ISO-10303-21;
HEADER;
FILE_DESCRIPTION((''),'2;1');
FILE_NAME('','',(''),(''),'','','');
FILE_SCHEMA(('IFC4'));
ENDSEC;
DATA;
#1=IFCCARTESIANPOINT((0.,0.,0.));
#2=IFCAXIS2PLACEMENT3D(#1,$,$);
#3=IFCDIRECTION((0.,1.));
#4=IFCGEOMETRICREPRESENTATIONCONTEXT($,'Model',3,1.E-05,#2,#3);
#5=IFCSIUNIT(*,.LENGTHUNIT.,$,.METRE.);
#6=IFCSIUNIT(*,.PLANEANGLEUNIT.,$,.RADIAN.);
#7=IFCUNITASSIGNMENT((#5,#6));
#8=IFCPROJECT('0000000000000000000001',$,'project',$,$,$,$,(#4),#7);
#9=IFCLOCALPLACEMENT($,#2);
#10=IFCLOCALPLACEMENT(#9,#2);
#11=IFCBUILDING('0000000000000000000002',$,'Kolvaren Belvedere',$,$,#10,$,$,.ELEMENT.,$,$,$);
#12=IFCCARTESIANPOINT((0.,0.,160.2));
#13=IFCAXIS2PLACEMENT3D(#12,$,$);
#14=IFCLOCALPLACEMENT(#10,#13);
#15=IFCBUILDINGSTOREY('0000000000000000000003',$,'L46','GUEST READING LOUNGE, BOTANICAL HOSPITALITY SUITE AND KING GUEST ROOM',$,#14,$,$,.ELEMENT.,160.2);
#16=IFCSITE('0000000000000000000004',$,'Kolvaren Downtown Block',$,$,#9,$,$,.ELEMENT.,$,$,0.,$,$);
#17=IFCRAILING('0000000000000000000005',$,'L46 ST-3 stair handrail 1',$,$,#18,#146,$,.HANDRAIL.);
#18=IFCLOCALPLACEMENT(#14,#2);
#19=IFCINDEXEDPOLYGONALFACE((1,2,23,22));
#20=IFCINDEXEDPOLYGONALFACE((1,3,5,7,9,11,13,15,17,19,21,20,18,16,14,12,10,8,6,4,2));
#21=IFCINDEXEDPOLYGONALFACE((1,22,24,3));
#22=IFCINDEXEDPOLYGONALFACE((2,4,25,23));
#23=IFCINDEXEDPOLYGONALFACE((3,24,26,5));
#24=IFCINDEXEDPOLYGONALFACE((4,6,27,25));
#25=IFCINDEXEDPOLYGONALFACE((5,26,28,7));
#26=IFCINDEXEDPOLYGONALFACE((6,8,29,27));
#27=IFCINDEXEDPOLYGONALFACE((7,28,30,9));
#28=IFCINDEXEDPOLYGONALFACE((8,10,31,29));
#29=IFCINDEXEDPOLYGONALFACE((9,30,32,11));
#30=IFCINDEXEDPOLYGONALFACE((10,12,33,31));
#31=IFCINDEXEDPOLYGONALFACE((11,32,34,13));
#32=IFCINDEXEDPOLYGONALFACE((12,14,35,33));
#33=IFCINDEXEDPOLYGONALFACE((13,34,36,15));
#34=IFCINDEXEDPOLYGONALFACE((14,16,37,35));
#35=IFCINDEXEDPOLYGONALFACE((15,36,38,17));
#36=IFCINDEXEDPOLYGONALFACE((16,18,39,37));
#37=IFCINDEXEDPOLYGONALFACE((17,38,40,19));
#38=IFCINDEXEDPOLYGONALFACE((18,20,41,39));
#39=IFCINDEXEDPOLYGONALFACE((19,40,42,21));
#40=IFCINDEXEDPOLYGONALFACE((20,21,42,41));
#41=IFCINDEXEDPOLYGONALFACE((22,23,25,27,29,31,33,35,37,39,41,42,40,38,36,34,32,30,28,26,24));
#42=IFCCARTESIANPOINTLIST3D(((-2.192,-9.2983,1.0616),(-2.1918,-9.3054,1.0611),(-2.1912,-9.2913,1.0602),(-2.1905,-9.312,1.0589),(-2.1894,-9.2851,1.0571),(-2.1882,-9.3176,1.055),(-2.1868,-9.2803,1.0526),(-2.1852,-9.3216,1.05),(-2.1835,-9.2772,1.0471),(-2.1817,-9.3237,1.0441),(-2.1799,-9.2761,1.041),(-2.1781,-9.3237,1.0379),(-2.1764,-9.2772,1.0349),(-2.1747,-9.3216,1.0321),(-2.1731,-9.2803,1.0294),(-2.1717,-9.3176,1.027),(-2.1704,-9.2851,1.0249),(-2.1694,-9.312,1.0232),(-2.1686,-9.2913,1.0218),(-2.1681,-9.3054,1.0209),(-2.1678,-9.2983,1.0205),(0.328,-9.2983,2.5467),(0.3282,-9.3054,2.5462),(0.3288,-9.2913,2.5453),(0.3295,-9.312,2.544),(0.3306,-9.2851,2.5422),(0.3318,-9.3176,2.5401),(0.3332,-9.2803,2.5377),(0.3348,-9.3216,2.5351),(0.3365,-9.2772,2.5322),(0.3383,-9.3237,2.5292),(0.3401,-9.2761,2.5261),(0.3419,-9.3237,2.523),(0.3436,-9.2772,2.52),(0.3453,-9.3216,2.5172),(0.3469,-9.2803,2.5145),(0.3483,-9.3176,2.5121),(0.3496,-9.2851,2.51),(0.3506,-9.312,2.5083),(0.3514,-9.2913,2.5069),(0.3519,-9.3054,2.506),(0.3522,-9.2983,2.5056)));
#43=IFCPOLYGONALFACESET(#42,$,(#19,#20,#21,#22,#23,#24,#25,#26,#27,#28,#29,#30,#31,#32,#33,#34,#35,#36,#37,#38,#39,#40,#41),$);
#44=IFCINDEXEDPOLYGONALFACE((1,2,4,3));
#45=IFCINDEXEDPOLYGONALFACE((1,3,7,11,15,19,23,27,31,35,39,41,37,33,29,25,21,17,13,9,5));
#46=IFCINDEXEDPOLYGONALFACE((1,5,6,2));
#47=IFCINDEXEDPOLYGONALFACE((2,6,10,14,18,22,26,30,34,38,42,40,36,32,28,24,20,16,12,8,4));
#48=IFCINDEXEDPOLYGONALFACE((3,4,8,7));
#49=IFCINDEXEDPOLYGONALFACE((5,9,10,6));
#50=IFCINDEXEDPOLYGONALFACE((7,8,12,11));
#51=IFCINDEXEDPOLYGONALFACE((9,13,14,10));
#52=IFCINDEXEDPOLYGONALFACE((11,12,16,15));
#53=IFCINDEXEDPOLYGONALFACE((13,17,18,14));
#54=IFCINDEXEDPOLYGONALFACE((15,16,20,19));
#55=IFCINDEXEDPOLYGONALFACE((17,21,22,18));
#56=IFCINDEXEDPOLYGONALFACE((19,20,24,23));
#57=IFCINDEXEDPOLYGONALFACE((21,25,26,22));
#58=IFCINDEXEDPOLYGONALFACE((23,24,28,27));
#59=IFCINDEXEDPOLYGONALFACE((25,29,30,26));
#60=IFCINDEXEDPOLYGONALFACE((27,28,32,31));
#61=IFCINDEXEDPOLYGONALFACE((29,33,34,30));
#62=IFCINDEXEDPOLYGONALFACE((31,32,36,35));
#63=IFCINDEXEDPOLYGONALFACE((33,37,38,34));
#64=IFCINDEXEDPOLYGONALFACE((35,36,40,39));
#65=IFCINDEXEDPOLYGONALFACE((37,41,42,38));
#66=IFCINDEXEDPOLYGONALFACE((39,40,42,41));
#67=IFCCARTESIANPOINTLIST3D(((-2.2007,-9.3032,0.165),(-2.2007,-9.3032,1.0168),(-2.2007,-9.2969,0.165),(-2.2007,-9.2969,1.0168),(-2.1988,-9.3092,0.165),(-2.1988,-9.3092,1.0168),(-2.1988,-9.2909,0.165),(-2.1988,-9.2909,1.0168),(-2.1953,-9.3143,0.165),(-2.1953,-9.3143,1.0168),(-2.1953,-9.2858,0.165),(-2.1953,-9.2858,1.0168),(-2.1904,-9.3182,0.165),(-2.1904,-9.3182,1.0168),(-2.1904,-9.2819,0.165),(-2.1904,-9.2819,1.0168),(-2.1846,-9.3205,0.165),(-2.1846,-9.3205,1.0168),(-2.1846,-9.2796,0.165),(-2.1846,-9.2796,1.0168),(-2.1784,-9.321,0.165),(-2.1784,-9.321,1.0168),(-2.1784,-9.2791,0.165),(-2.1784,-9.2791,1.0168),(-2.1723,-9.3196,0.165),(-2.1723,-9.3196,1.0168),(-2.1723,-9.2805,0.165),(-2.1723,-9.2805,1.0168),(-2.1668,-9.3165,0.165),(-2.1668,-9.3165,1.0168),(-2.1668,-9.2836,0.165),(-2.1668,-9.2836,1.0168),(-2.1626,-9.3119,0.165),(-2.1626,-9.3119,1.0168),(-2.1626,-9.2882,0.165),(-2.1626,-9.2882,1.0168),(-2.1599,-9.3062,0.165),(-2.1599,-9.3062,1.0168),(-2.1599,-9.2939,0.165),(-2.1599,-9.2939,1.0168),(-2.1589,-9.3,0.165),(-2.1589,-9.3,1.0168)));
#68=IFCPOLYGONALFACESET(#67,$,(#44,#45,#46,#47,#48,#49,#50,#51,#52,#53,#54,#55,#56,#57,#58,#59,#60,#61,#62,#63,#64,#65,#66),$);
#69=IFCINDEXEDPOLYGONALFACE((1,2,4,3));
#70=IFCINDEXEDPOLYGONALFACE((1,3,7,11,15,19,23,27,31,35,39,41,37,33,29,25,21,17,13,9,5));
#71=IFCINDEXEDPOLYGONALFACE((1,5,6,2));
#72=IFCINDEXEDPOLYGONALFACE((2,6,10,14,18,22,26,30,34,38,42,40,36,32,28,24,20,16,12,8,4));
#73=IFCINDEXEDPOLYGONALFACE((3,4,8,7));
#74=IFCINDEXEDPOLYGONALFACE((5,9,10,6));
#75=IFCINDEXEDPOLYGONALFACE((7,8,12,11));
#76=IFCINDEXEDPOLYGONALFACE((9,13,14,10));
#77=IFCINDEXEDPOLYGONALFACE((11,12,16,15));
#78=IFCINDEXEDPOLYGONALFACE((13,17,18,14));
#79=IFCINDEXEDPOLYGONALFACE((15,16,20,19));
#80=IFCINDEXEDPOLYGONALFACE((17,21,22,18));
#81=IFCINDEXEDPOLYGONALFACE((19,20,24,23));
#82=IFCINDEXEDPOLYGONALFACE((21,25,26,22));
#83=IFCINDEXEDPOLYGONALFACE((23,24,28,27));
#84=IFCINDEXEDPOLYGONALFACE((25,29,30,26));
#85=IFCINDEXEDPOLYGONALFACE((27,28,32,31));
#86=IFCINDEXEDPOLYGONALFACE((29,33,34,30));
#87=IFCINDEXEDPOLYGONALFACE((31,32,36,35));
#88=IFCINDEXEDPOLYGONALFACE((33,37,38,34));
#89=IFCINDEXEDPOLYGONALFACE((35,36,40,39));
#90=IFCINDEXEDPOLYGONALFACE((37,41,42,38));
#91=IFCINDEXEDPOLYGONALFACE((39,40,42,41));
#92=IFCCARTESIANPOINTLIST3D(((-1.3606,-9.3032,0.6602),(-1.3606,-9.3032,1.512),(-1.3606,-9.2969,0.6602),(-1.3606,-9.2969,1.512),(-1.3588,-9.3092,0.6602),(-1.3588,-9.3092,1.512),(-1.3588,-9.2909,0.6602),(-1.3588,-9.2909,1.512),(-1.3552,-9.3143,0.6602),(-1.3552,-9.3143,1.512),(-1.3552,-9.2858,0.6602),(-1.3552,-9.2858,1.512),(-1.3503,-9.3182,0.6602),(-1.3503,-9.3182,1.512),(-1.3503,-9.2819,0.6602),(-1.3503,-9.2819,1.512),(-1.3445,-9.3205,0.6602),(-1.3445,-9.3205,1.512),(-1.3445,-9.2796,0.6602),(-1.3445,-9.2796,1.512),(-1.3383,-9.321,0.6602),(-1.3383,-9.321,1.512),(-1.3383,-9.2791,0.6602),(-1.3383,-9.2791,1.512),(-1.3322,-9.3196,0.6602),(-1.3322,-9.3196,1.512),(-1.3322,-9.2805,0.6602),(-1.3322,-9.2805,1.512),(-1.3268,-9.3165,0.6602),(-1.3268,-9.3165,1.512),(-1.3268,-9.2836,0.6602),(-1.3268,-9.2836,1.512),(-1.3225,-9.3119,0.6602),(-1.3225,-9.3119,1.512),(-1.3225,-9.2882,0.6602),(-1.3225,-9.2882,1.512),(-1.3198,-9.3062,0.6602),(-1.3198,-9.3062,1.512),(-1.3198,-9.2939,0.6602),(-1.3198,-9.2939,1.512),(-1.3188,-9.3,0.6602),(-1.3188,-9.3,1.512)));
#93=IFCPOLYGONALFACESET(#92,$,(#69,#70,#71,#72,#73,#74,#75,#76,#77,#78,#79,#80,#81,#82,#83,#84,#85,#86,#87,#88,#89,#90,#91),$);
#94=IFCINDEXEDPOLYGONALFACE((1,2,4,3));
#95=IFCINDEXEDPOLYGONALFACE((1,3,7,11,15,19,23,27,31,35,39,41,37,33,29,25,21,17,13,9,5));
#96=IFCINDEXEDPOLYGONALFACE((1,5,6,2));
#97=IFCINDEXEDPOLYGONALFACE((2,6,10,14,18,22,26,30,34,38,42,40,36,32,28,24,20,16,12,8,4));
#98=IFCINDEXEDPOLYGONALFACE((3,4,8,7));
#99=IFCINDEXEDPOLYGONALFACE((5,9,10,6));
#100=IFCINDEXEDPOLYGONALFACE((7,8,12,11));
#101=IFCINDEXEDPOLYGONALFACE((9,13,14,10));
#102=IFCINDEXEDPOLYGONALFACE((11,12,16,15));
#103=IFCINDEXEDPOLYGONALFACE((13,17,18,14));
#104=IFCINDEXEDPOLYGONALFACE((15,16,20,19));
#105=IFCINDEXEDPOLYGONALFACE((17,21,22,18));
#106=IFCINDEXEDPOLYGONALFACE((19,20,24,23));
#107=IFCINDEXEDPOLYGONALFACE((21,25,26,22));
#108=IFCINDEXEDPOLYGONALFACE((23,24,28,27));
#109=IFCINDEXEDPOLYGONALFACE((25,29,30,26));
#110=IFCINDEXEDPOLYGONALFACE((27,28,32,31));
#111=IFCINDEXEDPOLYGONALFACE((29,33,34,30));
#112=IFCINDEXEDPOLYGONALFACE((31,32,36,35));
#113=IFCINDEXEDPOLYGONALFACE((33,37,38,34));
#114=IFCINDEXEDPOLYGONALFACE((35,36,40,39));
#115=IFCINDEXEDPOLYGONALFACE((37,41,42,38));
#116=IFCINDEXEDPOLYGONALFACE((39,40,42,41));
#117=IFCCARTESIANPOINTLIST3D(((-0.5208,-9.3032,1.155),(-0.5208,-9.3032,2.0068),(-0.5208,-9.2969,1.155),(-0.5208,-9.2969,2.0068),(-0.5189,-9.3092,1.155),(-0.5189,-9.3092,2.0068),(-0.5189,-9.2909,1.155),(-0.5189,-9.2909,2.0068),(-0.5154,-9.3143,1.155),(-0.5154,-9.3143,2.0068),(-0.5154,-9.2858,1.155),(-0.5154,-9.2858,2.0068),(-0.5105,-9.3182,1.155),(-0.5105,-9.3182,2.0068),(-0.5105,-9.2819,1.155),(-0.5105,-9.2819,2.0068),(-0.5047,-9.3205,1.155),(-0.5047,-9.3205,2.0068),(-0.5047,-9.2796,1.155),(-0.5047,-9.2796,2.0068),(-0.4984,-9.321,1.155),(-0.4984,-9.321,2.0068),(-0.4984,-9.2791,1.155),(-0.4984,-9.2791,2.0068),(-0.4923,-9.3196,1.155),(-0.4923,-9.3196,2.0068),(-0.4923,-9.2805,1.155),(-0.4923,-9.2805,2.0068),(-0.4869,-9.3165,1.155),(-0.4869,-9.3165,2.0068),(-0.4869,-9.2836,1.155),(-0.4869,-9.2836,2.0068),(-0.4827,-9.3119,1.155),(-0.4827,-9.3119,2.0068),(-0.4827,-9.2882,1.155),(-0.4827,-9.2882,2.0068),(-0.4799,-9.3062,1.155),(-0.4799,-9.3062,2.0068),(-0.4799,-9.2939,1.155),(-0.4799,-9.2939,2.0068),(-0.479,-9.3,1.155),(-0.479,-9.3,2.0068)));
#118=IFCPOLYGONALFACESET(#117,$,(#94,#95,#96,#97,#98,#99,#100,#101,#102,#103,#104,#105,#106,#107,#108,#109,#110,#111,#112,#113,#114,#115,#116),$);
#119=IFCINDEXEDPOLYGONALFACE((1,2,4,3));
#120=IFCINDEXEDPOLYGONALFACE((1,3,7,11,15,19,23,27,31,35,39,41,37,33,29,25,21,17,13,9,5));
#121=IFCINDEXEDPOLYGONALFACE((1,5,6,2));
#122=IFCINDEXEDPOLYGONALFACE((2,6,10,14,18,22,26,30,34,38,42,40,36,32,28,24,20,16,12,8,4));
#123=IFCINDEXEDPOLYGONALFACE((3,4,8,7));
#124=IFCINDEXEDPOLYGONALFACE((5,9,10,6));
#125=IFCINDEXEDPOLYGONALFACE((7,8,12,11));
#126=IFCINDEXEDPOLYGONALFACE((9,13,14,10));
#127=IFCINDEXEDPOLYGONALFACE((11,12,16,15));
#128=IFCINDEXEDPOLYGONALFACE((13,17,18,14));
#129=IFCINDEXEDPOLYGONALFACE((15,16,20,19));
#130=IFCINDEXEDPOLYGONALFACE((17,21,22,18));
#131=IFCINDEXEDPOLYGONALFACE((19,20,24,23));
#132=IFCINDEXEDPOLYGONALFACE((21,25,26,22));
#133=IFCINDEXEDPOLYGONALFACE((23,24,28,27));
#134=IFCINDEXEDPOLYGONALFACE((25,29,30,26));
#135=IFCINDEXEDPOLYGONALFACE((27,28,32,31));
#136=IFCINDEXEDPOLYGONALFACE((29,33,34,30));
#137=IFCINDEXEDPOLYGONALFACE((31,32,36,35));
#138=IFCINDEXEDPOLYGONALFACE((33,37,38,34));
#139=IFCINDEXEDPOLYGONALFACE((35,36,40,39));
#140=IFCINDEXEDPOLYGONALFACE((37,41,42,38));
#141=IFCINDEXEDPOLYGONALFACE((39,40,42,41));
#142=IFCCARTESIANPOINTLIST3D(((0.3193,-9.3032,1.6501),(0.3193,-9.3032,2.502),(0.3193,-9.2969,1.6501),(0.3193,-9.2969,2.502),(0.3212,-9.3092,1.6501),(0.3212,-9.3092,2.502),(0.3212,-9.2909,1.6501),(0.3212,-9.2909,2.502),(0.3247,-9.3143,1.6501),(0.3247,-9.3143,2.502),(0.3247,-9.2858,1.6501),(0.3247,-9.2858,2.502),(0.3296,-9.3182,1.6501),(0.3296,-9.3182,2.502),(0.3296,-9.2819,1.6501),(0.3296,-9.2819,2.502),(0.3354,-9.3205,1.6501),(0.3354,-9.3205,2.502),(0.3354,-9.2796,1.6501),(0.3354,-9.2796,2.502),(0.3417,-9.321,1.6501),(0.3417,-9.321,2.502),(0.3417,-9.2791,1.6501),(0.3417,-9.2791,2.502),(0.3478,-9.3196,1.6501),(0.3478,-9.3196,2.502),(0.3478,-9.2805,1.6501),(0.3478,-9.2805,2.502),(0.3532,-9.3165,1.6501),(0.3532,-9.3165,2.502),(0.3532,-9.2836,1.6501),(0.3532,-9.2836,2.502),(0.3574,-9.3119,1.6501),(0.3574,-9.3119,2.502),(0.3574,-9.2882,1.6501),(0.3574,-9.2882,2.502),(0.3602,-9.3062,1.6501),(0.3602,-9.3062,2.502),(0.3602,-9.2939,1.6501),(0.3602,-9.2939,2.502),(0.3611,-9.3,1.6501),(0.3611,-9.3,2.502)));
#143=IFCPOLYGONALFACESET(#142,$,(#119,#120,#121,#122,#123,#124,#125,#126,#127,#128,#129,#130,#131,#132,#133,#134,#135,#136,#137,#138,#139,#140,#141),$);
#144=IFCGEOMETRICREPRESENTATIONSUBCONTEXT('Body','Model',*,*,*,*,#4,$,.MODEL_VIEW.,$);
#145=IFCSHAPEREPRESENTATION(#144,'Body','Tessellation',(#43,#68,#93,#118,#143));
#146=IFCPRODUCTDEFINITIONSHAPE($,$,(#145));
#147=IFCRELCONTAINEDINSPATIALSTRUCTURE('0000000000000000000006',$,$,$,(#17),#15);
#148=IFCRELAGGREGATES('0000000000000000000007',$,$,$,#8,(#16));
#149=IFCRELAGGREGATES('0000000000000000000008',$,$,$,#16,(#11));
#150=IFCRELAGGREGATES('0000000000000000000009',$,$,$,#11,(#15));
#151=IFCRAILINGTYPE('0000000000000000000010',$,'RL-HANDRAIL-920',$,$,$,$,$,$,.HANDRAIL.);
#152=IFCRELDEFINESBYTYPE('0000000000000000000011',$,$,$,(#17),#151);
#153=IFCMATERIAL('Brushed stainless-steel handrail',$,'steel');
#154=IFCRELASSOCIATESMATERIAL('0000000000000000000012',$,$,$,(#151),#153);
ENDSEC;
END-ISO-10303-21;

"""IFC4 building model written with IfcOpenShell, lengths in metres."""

from ifc_helpers import new_model, si_unit, direction, frame, origin, origin_2d, place, context, subcontext, project, spatial, circle, extrude, material, type_object, element, save


model = new_model("IFC4")

# Units and contexts
model_context = context("Model", 3, precision=1e-05, world=origin(), true_north=direction((0.0, 1.0)))
body_context = subcontext(model_context, "Body", "Model", "MODEL_VIEW")
ifc_project = project(units=[si_unit("LENGTHUNIT", "METRE"), si_unit("PLANEANGLEUNIT", "RADIAN")], contexts=[model_context])

# Site, building, storey
site_placement = place(None, origin())
site = spatial("IfcSite", under=ifc_project, at=site_placement, Name="Kolvaren Downtown Block", CompositionType="ELEMENT", RefElevation=0.0)
building_placement = place(site_placement, origin())
building = spatial("IfcBuilding", under=site, at=building_placement, Name="Kolvaren Belvedere", CompositionType="ELEMENT")
storey_placement = place(building_placement, frame((0.0, 0.0, 160.2)))
storey = spatial("IfcBuildingStorey", under=building, at=storey_placement, Name="L46", Description="GUEST READING LOUNGE, BOTANICAL HOSPITALITY SUITE AND KING GUEST ROOM", CompositionType="ELEMENT", Elevation=160.2)

# Railing
ifc_material_1 = material(Name="Brushed stainless-steel handrail", Category="steel")
railing_type_1 = type_object("IfcRailingType", Name="RL-HANDRAIL-920", PredefinedType="HANDRAIL", material=ifc_material_1)
railing_1_placement = place(storey_placement, frame((-2.1799, -9.3, 0.165)))
element("IfcRailing", 1, at=railing_1_placement, inside=storey, type_object=railing_type_1, Name="L46 ST-3 stair handrail 1", PredefinedType="HANDRAIL", context=body_context, shape_type="SweptSolid", body=[
    extrude(circle(Radius=0.0239, at=origin_2d()), frame((0.0, 0.0, 0.876), z_axis=(0.861524, 0.0, 0.507717), x_axis=(0.0, 1.0, 0.0)), (0.0, 0.0, 1.0), 2.925),
    extrude(circle(Radius=0.021, at=origin_2d()), origin(), (0.0, 0.0, 1.0), 0.8518),
    extrude(circle(Radius=0.021, at=origin_2d()), frame((0.8401, 0.0, 0.4951)), (0.0, 0.0, 1.0), 0.8518),
    extrude(circle(Radius=0.021, at=origin_2d()), frame((1.6799, 0.0, 0.99)), (0.0, 0.0, 1.0), 0.8518),
    extrude(circle(Radius=0.021, at=origin_2d()), frame((2.52, 0.0, 1.4851)), (0.0, 0.0, 1.0), 0.8518),
])

save(model, "model.ifc")
